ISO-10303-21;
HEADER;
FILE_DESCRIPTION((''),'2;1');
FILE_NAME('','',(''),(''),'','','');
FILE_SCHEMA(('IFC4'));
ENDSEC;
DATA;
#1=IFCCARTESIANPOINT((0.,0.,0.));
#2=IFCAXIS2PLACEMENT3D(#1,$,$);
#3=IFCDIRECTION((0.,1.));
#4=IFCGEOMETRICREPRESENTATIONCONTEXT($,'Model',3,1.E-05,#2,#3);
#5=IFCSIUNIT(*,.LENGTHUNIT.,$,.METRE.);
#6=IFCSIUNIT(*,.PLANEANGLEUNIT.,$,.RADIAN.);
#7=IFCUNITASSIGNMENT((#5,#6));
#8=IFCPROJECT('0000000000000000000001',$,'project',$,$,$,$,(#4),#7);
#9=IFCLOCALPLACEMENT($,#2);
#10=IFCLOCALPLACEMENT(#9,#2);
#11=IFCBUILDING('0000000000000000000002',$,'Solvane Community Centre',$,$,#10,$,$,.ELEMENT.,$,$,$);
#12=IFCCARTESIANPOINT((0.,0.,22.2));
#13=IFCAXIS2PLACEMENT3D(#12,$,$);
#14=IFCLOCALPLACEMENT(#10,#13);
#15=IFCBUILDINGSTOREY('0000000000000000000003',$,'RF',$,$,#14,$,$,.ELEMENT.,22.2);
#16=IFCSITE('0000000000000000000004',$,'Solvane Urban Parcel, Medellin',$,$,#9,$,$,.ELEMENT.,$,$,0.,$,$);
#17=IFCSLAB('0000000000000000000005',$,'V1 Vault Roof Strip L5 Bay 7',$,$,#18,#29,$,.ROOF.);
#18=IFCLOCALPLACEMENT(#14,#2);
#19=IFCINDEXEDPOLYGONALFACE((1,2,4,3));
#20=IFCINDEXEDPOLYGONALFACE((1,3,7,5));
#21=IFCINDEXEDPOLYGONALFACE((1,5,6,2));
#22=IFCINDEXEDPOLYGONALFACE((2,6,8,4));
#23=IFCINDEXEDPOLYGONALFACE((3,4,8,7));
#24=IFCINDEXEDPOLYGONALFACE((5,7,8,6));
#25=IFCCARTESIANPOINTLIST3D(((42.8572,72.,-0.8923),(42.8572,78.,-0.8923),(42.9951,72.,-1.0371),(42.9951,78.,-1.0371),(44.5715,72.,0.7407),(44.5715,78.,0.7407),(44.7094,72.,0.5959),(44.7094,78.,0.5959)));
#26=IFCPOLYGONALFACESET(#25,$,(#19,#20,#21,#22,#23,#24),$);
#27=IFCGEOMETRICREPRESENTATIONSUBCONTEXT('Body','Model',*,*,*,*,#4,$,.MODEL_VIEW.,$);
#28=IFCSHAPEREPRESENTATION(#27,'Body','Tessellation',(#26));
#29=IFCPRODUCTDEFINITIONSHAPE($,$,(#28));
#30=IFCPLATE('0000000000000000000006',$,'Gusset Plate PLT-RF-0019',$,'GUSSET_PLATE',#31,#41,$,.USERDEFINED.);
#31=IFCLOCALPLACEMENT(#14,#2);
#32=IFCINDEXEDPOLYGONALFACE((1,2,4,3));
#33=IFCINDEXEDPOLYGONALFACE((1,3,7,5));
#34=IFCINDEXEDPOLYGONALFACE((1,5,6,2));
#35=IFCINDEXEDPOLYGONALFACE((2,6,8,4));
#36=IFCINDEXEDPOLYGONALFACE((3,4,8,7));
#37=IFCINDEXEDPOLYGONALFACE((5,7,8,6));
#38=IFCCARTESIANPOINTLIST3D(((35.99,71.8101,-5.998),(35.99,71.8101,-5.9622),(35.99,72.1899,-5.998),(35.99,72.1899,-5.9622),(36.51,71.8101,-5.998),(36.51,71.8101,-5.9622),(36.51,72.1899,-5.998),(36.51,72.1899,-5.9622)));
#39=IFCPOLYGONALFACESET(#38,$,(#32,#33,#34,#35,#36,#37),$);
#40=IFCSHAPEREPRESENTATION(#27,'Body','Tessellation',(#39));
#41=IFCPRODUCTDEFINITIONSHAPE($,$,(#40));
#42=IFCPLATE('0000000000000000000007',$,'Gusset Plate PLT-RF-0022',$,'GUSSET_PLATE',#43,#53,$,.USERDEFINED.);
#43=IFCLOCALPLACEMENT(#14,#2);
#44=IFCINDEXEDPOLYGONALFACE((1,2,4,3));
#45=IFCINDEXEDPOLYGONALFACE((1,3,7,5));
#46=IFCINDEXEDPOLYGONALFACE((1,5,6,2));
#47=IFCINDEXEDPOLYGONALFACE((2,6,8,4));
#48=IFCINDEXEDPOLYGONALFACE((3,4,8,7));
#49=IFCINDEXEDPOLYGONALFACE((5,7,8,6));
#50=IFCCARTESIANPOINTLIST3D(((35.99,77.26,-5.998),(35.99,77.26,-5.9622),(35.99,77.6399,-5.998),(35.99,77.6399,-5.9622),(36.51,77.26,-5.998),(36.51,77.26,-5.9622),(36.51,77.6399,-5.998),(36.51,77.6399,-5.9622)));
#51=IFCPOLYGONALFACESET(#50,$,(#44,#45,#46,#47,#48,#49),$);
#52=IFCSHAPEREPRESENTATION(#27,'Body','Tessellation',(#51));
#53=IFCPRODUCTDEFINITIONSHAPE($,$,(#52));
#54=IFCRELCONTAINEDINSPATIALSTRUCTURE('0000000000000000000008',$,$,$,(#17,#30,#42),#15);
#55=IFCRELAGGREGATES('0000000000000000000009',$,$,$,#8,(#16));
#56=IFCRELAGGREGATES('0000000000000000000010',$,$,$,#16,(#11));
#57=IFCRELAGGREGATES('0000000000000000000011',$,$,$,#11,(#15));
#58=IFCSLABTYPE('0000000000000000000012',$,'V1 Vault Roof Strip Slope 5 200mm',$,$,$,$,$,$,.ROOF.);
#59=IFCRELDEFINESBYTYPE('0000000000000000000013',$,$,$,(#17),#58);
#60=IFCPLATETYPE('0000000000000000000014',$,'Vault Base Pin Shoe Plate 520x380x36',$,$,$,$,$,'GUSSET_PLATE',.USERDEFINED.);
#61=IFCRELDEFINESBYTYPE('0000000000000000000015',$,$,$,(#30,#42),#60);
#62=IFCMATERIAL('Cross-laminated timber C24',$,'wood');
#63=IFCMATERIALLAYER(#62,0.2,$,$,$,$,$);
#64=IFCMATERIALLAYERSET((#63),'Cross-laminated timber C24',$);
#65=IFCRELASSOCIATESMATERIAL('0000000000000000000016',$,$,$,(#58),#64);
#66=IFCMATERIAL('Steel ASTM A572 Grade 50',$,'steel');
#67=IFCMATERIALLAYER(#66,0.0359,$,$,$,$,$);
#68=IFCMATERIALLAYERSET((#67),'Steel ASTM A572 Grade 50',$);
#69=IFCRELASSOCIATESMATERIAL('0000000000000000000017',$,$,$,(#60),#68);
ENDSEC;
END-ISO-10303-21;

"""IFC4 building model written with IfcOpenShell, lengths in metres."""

from ifc_helpers import new_model, si_unit, direction, frame, origin, origin_2d, place, context, subcontext, project, spatial, polyline, rectangle, outline, extrude, material, layer, layer_set, type_object, element, save


model = new_model("IFC4")

# Units and contexts
model_context = context("Model", 3, precision=1e-05, world=origin(), true_north=direction((0.0, 1.0)))
body_context = subcontext(model_context, "Body", "Model", "MODEL_VIEW")
ifc_project = project(units=[si_unit("LENGTHUNIT", "METRE"), si_unit("PLANEANGLEUNIT", "RADIAN")], contexts=[model_context])

# Site, building, storey
site_placement = place(None, origin())
site = spatial("IfcSite", under=ifc_project, at=site_placement, Name="Solvane Urban Parcel, Medellin", CompositionType="ELEMENT", RefElevation=0.0)
building_placement = place(site_placement, origin())
building = spatial("IfcBuilding", under=site, at=building_placement, Name="Solvane Community Centre", CompositionType="ELEMENT")
storey_placement = place(building_placement, frame((0.0, 0.0, 22.2)))
storey = spatial("IfcBuildingStorey", under=building, at=storey_placement, Name="RF", CompositionType="ELEMENT", Elevation=22.2)

# Shared definitions
ifc_material_1 = material(Name="Steel ASTM A572 Grade 50", Category="steel")

# Slab
ifc_material_2 = material(Name="Cross-laminated timber C24", Category="wood")
ifc_layer_1 = layer(ifc_material_2, 0.2)
ifc_layer_set_1 = layer_set([ifc_layer_1], Name="Cross-laminated timber C24")
slab_type_1 = type_object("IfcSlabType", Name="V1 Vault Roof Strip Slope 5 200mm", PredefinedType="ROOF", material=ifc_layer_set_1)
slab_1_placement = place(storey_placement, frame((42.8572, 72.0, -0.8923), z_axis=(-0.68973, 0.0, 0.724067), x_axis=(0.724067, 0.0, 0.68973)))
element("IfcSlab", 1, at=slab_1_placement, inside=storey, type_object=slab_type_1, Name="V1 Vault Roof Strip L5 Bay 7", PredefinedType="ROOF", context=body_context, shape_type="SweptSolid", body=[
    extrude(outline(polyline([(0.0, 0.0), (2.3677, 0.0), (2.3677, 6.0), (0.0, 6.0), (0.0, 0.0)])), origin(), (0.0, 0.0, -1.0), 0.2),
])

# Plates
ifc_layer_2 = layer(ifc_material_1, 0.0359)
ifc_layer_set_2 = layer_set([ifc_layer_2], Name="Steel ASTM A572 Grade 50")
plate_type_1 = type_object("IfcPlateType", Name="Vault Base Pin Shoe Plate 520x380x36", ElementType="GUSSET_PLATE", PredefinedType="USERDEFINED", material=ifc_layer_set_2)
for number, where, z_axis, x_axis, name in (
    (2, (36.25, 72.0, -5.998), (0.0, 0.0, 1.0), (1.0, 0.0, 0.0), "Gusset Plate PLT-RF-0019"),
    (3, (36.25, 77.45, -5.998), (0.0, 0.0, 1.0), (1.0, 0.0, 0.0), "Gusset Plate PLT-RF-0022"),
):
    element("IfcPlate", number, at=place(storey_placement, frame(where, z_axis=z_axis, x_axis=x_axis)), inside=storey, type_object=plate_type_1, Name=name, ObjectType="GUSSET_PLATE", PredefinedType="USERDEFINED", context=body_context, shape_type="SweptSolid", body=[
        extrude(rectangle(XDim=0.52, YDim=0.3799, at=origin_2d()), origin(), (0.0, 0.0, 1.0), 0.0359),
    ])

save(model, "model.ifc")
